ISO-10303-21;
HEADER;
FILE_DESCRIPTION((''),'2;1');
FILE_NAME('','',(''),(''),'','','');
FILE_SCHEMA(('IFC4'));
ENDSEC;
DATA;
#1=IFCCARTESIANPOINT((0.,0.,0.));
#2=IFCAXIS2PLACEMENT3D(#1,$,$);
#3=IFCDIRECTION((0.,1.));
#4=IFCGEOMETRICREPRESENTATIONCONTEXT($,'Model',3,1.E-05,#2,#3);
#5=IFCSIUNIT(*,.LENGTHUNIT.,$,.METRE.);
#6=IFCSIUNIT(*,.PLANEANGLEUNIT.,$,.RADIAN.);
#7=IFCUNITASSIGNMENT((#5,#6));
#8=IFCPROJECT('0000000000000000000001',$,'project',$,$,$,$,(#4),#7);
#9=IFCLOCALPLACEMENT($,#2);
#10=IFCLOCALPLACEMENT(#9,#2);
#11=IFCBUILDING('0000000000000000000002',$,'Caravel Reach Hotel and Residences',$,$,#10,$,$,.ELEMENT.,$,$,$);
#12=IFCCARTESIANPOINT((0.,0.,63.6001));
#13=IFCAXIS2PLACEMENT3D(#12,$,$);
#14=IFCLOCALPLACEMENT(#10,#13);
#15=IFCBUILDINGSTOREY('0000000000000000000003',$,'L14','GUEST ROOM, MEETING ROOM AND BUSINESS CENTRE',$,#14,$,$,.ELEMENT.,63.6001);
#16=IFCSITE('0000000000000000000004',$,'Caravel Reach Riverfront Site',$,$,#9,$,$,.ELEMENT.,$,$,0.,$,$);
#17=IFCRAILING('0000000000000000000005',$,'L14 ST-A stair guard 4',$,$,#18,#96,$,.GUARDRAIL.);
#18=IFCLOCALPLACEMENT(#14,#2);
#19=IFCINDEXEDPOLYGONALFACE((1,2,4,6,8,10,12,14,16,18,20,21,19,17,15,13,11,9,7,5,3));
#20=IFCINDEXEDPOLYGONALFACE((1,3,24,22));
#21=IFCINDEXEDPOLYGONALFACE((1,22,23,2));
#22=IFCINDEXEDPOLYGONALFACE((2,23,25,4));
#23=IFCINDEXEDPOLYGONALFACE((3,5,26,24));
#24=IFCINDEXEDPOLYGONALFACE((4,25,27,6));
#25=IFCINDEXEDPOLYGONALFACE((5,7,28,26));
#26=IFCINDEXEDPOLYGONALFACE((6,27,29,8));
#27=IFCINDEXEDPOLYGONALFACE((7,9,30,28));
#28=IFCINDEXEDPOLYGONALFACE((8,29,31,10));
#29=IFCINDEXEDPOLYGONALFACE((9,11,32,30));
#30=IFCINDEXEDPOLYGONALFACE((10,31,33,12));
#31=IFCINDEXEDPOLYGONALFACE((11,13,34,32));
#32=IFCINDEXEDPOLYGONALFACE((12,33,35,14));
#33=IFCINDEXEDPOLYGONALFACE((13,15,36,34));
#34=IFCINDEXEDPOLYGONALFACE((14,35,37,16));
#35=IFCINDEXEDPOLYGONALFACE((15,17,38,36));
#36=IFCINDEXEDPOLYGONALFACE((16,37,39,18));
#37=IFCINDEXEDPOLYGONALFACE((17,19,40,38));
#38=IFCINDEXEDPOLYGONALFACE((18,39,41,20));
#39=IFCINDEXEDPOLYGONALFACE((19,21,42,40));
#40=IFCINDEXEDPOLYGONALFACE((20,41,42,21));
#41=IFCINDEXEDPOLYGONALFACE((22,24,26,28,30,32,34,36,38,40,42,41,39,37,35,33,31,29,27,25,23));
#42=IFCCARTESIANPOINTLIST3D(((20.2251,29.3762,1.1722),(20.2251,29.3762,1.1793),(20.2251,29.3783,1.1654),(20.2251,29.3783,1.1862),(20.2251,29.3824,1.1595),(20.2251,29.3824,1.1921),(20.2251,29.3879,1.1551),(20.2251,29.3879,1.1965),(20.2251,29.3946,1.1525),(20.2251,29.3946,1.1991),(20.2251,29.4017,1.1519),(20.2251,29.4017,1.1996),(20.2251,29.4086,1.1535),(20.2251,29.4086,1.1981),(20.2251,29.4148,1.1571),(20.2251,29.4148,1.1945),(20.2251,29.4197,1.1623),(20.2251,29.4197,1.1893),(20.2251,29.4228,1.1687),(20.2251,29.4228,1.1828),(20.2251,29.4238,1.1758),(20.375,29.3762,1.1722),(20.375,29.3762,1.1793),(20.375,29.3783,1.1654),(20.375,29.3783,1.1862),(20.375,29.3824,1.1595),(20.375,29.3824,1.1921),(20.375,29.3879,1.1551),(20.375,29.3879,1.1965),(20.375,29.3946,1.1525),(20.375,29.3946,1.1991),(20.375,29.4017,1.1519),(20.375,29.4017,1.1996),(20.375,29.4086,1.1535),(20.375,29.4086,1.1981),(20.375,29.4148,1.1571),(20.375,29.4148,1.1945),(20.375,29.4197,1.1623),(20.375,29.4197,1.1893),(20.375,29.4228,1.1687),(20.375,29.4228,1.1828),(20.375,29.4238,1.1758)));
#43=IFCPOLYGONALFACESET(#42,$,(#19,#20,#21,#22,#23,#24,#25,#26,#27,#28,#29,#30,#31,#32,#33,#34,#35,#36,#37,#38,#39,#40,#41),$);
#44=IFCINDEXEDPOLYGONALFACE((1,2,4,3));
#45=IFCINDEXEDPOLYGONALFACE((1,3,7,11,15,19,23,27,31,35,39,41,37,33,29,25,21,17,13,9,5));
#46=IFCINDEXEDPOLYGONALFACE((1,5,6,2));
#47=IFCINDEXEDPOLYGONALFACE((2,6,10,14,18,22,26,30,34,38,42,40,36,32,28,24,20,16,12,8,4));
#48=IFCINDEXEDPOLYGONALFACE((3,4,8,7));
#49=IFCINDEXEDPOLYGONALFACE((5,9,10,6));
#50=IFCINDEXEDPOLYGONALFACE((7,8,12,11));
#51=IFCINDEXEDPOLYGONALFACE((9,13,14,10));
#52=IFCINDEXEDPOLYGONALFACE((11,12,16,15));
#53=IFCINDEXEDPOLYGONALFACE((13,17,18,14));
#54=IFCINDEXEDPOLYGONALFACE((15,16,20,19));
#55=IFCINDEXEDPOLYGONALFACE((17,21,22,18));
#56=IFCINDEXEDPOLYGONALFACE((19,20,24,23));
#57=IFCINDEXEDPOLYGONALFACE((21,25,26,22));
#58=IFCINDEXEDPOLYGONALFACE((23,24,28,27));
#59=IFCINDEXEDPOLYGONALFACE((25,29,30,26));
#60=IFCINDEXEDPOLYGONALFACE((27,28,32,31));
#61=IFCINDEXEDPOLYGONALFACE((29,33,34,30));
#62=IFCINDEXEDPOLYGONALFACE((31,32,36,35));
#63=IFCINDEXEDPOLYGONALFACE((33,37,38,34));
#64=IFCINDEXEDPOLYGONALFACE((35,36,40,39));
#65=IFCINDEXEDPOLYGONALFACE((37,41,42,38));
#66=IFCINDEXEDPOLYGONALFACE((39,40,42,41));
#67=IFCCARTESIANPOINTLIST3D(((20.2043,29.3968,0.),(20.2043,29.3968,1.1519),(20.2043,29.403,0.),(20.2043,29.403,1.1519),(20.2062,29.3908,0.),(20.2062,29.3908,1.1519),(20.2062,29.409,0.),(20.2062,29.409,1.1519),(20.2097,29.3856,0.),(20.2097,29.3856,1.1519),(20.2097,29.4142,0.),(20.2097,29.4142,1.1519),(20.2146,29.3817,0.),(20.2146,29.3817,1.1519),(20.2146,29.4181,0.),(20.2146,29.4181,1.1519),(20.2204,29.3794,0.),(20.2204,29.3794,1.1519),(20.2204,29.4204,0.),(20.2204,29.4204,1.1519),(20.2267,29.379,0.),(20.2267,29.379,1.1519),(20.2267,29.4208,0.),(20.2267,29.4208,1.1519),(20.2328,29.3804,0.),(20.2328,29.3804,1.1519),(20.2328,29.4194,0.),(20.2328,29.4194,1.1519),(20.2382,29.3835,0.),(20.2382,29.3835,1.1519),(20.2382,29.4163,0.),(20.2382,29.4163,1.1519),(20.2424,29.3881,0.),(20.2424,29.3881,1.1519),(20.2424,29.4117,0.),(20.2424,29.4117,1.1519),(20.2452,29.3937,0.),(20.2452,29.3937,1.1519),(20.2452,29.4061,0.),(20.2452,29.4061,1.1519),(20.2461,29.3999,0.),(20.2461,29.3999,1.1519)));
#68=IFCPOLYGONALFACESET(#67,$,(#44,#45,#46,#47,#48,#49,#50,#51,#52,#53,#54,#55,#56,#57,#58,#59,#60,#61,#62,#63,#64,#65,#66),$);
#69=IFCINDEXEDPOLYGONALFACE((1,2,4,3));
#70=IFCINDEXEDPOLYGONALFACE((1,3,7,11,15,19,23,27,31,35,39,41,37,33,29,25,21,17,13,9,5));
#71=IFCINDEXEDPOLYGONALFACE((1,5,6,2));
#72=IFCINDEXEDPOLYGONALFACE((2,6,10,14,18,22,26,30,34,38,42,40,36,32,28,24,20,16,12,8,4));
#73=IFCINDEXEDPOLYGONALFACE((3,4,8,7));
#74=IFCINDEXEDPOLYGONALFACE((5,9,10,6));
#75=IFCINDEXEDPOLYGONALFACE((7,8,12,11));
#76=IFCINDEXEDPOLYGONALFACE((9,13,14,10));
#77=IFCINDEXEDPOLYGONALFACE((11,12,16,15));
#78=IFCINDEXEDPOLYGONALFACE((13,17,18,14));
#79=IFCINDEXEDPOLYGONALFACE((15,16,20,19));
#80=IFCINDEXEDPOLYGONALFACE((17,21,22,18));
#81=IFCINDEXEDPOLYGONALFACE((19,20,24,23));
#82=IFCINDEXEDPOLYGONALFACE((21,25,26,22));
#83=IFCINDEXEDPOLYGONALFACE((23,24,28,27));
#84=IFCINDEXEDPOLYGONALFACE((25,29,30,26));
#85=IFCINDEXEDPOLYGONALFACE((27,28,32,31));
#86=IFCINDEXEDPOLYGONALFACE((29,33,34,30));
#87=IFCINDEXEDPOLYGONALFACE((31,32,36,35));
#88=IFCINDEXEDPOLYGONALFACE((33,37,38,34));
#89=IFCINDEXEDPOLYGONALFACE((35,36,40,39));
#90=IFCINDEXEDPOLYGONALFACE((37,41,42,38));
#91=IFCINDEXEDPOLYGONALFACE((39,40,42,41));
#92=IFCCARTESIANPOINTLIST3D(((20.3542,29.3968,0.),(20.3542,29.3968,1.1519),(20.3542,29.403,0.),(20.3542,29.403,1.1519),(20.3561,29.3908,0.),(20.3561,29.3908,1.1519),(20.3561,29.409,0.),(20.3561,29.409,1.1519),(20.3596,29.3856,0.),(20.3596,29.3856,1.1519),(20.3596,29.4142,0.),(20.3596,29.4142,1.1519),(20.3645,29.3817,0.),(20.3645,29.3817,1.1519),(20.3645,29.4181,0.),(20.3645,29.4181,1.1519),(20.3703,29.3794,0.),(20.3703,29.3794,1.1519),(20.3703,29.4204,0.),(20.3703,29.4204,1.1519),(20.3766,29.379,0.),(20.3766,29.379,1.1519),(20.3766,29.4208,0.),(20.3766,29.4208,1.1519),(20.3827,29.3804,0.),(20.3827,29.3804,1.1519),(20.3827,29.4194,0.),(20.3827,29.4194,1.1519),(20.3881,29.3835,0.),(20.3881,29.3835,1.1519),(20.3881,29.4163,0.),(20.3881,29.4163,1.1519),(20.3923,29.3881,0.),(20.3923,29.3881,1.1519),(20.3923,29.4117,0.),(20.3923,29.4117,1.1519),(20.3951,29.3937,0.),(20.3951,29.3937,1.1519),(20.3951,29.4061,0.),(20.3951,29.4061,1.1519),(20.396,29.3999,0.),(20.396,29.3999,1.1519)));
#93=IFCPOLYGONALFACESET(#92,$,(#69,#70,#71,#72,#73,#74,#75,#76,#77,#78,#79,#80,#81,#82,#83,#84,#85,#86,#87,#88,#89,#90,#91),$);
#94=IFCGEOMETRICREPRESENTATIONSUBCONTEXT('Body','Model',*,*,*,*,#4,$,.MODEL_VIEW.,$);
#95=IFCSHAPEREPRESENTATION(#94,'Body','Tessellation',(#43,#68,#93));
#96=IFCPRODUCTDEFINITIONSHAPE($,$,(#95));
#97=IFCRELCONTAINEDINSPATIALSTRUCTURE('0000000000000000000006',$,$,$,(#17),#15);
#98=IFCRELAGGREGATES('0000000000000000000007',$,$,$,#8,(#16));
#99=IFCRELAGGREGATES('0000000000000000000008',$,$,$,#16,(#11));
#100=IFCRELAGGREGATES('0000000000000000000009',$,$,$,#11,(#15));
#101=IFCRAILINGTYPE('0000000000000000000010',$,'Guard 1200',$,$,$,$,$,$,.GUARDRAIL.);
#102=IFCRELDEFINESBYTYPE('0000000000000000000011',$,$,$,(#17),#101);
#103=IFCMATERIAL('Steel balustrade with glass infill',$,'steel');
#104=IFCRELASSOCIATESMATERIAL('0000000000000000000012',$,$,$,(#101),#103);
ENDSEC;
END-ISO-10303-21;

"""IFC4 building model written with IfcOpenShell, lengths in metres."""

from ifc_helpers import new_model, si_unit, direction, frame, origin, origin_2d, place, context, subcontext, project, spatial, circle, extrude, material, type_object, element, save


model = new_model("IFC4")

# Units and contexts
model_context = context("Model", 3, precision=1e-05, world=origin(), true_north=direction((0.0, 1.0)))
body_context = subcontext(model_context, "Body", "Model", "MODEL_VIEW")
ifc_project = project(units=[si_unit("LENGTHUNIT", "METRE"), si_unit("PLANEANGLEUNIT", "RADIAN")], contexts=[model_context])

# Site, building, storey
site_placement = place(None, origin())
site = spatial("IfcSite", under=ifc_project, at=site_placement, Name="Caravel Reach Riverfront Site", CompositionType="ELEMENT", RefElevation=0.0)
building_placement = place(site_placement, origin())
building = spatial("IfcBuilding", under=site, at=building_placement, Name="Caravel Reach Hotel and Residences", CompositionType="ELEMENT")
storey_placement = place(building_placement, frame((0.0, 0.0, 63.6001)))
storey = spatial("IfcBuildingStorey", under=building, at=storey_placement, Name="L14", Description="GUEST ROOM, MEETING ROOM AND BUSINESS CENTRE", CompositionType="ELEMENT", Elevation=63.6001)

# Railing
ifc_material_1 = material(Name="Steel balustrade with glass infill", Category="steel")
railing_type_1 = type_object("IfcRailingType", Name="Guard 1200", PredefinedType="GUARDRAIL", material=ifc_material_1)
railing_1_placement = place(storey_placement, frame((20.2251, 29.3999, 0.0)))
element("IfcRailing", 1, at=railing_1_placement, inside=storey, type_object=railing_type_1, Name="L14 ST-A stair guard 4", PredefinedType="GUARDRAIL", context=body_context, shape_type="SweptSolid", body=[
    extrude(circle(Radius=0.0239, at=origin_2d()), frame((0.0, 0.0, 1.1758), z_axis=(1.0, 0.0, 0.0), x_axis=(0.0, 1.0, 0.0)), (0.0, 0.0, 1.0), 0.1499),
    extrude(circle(Radius=0.021, at=origin_2d()), origin(), (0.0, 0.0, 1.0), 1.1519),
    extrude(circle(Radius=0.021, at=origin_2d()), frame((0.1499, 0.0, 0.0)), (0.0, 0.0, 1.0), 1.1519),
])

save(model, "model.ifc")
